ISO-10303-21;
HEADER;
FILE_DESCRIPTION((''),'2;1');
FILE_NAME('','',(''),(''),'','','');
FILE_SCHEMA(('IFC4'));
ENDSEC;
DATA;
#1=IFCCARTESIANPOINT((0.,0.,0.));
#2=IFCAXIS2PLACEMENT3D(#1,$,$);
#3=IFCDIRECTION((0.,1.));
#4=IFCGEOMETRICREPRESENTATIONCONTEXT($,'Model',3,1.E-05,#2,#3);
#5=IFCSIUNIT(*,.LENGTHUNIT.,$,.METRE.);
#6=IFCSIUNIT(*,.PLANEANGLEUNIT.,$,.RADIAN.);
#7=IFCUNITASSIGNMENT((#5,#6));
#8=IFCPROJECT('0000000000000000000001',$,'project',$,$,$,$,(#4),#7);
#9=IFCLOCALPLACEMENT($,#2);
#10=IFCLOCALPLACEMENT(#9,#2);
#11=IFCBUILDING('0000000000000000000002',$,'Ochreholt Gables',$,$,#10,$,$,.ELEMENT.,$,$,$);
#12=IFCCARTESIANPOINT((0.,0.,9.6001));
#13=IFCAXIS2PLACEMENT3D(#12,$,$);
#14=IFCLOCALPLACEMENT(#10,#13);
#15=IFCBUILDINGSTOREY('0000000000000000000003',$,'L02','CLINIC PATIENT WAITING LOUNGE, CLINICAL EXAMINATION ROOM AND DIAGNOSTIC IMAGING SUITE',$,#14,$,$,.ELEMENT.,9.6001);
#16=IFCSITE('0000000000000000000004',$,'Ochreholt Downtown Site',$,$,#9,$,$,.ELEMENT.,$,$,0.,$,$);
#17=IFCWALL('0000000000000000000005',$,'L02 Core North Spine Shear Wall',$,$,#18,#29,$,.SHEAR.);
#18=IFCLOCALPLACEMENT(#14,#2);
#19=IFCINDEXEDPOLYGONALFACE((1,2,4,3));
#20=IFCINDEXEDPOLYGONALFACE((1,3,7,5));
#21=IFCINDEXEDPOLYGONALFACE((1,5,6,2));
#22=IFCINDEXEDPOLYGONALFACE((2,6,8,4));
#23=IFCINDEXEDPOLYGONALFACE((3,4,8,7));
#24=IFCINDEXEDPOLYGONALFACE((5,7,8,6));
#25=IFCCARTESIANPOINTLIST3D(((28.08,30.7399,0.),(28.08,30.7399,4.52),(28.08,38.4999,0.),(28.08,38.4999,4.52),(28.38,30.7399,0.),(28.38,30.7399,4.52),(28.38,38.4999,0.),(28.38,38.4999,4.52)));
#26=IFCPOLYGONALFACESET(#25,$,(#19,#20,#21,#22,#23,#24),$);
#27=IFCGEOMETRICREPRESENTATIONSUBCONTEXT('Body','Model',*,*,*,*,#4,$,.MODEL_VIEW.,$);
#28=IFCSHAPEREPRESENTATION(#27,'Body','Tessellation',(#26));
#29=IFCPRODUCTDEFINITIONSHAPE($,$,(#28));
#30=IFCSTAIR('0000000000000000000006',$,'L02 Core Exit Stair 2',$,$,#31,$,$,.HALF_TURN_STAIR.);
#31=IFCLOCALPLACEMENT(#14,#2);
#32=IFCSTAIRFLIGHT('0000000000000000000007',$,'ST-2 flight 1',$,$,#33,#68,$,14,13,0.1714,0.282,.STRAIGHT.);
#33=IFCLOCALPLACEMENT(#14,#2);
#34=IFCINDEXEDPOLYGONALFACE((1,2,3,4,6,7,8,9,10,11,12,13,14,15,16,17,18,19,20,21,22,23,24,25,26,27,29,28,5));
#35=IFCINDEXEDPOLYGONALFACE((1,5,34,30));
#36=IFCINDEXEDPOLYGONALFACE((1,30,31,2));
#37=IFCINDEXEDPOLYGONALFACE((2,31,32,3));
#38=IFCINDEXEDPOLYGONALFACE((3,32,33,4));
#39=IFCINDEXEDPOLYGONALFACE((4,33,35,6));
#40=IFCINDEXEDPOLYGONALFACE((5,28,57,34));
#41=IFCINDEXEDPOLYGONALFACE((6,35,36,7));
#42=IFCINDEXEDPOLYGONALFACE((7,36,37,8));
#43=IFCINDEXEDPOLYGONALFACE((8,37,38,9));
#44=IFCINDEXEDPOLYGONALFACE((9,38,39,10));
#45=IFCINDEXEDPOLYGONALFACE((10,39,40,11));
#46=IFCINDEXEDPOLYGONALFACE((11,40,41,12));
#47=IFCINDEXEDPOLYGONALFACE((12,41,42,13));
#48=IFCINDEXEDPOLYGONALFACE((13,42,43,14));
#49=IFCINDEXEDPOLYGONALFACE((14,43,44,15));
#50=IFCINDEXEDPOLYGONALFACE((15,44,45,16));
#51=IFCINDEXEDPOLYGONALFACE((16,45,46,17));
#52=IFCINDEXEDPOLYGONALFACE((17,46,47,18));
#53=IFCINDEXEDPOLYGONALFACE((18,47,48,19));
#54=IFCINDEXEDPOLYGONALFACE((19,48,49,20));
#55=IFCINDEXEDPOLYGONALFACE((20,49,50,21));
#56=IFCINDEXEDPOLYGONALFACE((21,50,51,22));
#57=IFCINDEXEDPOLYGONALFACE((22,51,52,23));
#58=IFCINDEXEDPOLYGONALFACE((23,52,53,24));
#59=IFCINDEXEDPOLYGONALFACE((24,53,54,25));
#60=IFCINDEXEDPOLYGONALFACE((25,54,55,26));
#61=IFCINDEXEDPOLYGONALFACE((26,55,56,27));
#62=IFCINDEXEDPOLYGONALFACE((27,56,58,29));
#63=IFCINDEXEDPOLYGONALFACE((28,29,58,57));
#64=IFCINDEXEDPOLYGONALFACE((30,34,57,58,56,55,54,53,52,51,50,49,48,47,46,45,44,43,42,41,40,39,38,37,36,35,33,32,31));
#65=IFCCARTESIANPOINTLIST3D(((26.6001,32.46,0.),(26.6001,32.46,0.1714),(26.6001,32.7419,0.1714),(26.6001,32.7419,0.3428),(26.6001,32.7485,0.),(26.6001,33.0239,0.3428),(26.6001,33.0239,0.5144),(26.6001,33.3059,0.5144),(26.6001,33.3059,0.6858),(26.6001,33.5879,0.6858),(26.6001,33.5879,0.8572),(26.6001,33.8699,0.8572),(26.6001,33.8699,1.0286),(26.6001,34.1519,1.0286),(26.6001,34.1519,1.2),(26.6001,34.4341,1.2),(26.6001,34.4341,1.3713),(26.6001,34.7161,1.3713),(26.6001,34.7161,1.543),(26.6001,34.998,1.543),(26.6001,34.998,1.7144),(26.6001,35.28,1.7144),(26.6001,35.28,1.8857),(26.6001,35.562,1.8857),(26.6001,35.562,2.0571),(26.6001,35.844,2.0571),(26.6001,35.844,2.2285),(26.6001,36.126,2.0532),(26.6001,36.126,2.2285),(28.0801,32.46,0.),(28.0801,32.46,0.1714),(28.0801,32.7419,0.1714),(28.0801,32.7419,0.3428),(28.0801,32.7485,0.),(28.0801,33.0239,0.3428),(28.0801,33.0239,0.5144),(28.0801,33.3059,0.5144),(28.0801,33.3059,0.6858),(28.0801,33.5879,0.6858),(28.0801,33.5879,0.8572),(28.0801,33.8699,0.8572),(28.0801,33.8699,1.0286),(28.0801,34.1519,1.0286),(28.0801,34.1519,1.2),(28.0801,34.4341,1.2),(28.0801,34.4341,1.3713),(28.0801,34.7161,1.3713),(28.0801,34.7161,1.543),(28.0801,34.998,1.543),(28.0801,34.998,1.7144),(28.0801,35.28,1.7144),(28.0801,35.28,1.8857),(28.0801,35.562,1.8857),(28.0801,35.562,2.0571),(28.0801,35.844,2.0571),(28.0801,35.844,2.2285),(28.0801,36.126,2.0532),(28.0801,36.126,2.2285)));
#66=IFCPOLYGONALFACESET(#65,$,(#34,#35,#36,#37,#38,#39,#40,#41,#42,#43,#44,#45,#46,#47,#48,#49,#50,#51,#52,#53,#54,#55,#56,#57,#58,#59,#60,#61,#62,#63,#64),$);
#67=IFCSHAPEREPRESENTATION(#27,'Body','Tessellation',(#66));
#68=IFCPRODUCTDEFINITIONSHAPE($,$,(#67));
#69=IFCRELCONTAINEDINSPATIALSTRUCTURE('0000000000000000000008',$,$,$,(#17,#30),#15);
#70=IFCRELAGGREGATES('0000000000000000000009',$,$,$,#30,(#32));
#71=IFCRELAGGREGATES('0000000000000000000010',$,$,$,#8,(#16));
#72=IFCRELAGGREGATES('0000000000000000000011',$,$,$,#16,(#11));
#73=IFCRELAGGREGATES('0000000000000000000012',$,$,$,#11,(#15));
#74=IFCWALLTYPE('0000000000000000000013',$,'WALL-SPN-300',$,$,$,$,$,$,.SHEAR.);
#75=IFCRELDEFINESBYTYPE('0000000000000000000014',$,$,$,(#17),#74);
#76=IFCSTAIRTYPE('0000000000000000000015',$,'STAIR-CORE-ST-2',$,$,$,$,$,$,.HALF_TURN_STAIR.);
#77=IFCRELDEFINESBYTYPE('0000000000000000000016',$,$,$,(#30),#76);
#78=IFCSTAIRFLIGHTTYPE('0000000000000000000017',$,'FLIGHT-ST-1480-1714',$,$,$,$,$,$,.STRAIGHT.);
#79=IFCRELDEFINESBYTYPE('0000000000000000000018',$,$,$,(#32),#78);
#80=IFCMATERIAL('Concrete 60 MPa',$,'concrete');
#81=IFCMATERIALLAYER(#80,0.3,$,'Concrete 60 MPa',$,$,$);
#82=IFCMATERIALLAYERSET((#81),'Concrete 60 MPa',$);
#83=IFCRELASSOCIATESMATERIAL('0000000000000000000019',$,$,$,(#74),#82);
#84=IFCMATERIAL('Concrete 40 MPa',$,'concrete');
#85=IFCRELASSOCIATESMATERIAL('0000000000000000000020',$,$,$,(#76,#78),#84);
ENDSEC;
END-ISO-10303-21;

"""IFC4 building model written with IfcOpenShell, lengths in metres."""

from ifc_helpers import new_model, si_unit, direction, frame, frame_2d, origin, place, context, subcontext, project, spatial, polyline, rectangle, outline, extrude, material, layer, layer_set, type_object, element, aggregate, save


model = new_model("IFC4")

# Units and contexts
model_context = context("Model", 3, precision=1e-05, world=origin(), true_north=direction((0.0, 1.0)))
body_context = subcontext(model_context, "Body", "Model", "MODEL_VIEW")
ifc_project = project(units=[si_unit("LENGTHUNIT", "METRE"), si_unit("PLANEANGLEUNIT", "RADIAN")], contexts=[model_context])

# Site, building, storey
site_placement = place(None, origin())
site = spatial("IfcSite", under=ifc_project, at=site_placement, Name="Ochreholt Downtown Site", CompositionType="ELEMENT", RefElevation=0.0)
building_placement = place(site_placement, origin())
building = spatial("IfcBuilding", under=site, at=building_placement, Name="Ochreholt Gables", CompositionType="ELEMENT")
storey_placement = place(building_placement, frame((0.0, 0.0, 9.6001)))
storey = spatial("IfcBuildingStorey", under=building, at=storey_placement, Name="L02", Description="CLINIC PATIENT WAITING LOUNGE, CLINICAL EXAMINATION ROOM AND DIAGNOSTIC IMAGING SUITE", CompositionType="ELEMENT", Elevation=9.6001)

# Shared definitions
ifc_material_1 = material(Name="Concrete 40 MPa", Category="concrete")

# Wall
ifc_material_2 = material(Name="Concrete 60 MPa", Category="concrete")
ifc_layer_1 = layer(ifc_material_2, 0.3, Name="Concrete 60 MPa")
ifc_layer_set_1 = layer_set([ifc_layer_1], Name="Concrete 60 MPa")
wall_type_1 = type_object("IfcWallType", Name="WALL-SPN-300", PredefinedType="SHEAR", material=ifc_layer_set_1)
wall_1_placement = place(storey_placement, frame((28.23, 30.74, 0.0), z_axis=(0.0, 0.0, 1.0), x_axis=(0.0, 1.0, 0.0)))
element("IfcWall", 1, at=wall_1_placement, inside=storey, type_object=wall_type_1, Name="L02 Core North Spine Shear Wall", PredefinedType="SHEAR", context=body_context, shape_type="SweptSolid", body=[
    extrude(rectangle(XDim=7.76, YDim=0.3, at=frame_2d((3.8799, 0.0))), origin(), (0.0, 0.0, 1.0), 4.52),
])

# Stair, stair flight
stair_type = type_object("IfcStairType", Name="STAIR-CORE-ST-2", PredefinedType="HALF_TURN_STAIR", material=ifc_material_1)
stair_placement = place(storey_placement, origin())
stair = element("IfcStair", 2, at=stair_placement, inside=storey, type_object=stair_type, Name="L02 Core Exit Stair 2", PredefinedType="HALF_TURN_STAIR")
stair_flight_type = type_object("IfcStairFlightType", Name="FLIGHT-ST-1480-1714", PredefinedType="STRAIGHT", material=ifc_material_1)
stair_flight_placement = place(storey_placement, frame((27.3401, 32.46, 0.0), z_axis=(0.0, 0.0, 1.0), x_axis=(0.0, 1.0, 0.0)))
stair_flight = element("IfcStairFlight", 3, at=stair_flight_placement, type_object=stair_flight_type, Name="ST-2 flight 1", NumberOfRisers=14, NumberOfTreads=13, PredefinedType="STRAIGHT", RiserHeight=0.1714, TreadLength=0.282, context=body_context, shape_type="SweptSolid", body=[
    extrude(outline(polyline([(0.0, 0.0), (0.0, 0.1714), (0.282, 0.1714), (0.282, 0.3428), (0.564, 0.3428), (0.564, 0.5144), (0.8459, 0.5144), (0.8459, 0.6858), (1.1279, 0.6858), (1.1279, 0.8572), (1.4099, 0.8572), (1.4099, 1.0286), (1.6919, 1.0286), (1.6919, 1.2), (1.9741, 1.2), (1.9741, 1.3713), (2.2561, 1.3713), (2.2561, 1.543), (2.5381, 1.543), (2.5381, 1.7144), (2.8201, 1.7144), (2.8201, 1.8857), (3.1021, 1.8857), (3.1021, 2.0571), (3.384, 2.0571), (3.384, 2.2285), (3.666, 2.2285), (3.666, 2.3999), (3.666, 2.0532), (0.2886, 0.0), (0.0, 0.0)])), frame((0.0, 0.74, 0.0), z_axis=(0.0, -1.0, 0.0), x_axis=(1.0, 0.0, 0.0)), (0.0, 0.0, 1.0), 1.48),
])
aggregate(stair, [stair_flight])

save(model, "model.ifc")
